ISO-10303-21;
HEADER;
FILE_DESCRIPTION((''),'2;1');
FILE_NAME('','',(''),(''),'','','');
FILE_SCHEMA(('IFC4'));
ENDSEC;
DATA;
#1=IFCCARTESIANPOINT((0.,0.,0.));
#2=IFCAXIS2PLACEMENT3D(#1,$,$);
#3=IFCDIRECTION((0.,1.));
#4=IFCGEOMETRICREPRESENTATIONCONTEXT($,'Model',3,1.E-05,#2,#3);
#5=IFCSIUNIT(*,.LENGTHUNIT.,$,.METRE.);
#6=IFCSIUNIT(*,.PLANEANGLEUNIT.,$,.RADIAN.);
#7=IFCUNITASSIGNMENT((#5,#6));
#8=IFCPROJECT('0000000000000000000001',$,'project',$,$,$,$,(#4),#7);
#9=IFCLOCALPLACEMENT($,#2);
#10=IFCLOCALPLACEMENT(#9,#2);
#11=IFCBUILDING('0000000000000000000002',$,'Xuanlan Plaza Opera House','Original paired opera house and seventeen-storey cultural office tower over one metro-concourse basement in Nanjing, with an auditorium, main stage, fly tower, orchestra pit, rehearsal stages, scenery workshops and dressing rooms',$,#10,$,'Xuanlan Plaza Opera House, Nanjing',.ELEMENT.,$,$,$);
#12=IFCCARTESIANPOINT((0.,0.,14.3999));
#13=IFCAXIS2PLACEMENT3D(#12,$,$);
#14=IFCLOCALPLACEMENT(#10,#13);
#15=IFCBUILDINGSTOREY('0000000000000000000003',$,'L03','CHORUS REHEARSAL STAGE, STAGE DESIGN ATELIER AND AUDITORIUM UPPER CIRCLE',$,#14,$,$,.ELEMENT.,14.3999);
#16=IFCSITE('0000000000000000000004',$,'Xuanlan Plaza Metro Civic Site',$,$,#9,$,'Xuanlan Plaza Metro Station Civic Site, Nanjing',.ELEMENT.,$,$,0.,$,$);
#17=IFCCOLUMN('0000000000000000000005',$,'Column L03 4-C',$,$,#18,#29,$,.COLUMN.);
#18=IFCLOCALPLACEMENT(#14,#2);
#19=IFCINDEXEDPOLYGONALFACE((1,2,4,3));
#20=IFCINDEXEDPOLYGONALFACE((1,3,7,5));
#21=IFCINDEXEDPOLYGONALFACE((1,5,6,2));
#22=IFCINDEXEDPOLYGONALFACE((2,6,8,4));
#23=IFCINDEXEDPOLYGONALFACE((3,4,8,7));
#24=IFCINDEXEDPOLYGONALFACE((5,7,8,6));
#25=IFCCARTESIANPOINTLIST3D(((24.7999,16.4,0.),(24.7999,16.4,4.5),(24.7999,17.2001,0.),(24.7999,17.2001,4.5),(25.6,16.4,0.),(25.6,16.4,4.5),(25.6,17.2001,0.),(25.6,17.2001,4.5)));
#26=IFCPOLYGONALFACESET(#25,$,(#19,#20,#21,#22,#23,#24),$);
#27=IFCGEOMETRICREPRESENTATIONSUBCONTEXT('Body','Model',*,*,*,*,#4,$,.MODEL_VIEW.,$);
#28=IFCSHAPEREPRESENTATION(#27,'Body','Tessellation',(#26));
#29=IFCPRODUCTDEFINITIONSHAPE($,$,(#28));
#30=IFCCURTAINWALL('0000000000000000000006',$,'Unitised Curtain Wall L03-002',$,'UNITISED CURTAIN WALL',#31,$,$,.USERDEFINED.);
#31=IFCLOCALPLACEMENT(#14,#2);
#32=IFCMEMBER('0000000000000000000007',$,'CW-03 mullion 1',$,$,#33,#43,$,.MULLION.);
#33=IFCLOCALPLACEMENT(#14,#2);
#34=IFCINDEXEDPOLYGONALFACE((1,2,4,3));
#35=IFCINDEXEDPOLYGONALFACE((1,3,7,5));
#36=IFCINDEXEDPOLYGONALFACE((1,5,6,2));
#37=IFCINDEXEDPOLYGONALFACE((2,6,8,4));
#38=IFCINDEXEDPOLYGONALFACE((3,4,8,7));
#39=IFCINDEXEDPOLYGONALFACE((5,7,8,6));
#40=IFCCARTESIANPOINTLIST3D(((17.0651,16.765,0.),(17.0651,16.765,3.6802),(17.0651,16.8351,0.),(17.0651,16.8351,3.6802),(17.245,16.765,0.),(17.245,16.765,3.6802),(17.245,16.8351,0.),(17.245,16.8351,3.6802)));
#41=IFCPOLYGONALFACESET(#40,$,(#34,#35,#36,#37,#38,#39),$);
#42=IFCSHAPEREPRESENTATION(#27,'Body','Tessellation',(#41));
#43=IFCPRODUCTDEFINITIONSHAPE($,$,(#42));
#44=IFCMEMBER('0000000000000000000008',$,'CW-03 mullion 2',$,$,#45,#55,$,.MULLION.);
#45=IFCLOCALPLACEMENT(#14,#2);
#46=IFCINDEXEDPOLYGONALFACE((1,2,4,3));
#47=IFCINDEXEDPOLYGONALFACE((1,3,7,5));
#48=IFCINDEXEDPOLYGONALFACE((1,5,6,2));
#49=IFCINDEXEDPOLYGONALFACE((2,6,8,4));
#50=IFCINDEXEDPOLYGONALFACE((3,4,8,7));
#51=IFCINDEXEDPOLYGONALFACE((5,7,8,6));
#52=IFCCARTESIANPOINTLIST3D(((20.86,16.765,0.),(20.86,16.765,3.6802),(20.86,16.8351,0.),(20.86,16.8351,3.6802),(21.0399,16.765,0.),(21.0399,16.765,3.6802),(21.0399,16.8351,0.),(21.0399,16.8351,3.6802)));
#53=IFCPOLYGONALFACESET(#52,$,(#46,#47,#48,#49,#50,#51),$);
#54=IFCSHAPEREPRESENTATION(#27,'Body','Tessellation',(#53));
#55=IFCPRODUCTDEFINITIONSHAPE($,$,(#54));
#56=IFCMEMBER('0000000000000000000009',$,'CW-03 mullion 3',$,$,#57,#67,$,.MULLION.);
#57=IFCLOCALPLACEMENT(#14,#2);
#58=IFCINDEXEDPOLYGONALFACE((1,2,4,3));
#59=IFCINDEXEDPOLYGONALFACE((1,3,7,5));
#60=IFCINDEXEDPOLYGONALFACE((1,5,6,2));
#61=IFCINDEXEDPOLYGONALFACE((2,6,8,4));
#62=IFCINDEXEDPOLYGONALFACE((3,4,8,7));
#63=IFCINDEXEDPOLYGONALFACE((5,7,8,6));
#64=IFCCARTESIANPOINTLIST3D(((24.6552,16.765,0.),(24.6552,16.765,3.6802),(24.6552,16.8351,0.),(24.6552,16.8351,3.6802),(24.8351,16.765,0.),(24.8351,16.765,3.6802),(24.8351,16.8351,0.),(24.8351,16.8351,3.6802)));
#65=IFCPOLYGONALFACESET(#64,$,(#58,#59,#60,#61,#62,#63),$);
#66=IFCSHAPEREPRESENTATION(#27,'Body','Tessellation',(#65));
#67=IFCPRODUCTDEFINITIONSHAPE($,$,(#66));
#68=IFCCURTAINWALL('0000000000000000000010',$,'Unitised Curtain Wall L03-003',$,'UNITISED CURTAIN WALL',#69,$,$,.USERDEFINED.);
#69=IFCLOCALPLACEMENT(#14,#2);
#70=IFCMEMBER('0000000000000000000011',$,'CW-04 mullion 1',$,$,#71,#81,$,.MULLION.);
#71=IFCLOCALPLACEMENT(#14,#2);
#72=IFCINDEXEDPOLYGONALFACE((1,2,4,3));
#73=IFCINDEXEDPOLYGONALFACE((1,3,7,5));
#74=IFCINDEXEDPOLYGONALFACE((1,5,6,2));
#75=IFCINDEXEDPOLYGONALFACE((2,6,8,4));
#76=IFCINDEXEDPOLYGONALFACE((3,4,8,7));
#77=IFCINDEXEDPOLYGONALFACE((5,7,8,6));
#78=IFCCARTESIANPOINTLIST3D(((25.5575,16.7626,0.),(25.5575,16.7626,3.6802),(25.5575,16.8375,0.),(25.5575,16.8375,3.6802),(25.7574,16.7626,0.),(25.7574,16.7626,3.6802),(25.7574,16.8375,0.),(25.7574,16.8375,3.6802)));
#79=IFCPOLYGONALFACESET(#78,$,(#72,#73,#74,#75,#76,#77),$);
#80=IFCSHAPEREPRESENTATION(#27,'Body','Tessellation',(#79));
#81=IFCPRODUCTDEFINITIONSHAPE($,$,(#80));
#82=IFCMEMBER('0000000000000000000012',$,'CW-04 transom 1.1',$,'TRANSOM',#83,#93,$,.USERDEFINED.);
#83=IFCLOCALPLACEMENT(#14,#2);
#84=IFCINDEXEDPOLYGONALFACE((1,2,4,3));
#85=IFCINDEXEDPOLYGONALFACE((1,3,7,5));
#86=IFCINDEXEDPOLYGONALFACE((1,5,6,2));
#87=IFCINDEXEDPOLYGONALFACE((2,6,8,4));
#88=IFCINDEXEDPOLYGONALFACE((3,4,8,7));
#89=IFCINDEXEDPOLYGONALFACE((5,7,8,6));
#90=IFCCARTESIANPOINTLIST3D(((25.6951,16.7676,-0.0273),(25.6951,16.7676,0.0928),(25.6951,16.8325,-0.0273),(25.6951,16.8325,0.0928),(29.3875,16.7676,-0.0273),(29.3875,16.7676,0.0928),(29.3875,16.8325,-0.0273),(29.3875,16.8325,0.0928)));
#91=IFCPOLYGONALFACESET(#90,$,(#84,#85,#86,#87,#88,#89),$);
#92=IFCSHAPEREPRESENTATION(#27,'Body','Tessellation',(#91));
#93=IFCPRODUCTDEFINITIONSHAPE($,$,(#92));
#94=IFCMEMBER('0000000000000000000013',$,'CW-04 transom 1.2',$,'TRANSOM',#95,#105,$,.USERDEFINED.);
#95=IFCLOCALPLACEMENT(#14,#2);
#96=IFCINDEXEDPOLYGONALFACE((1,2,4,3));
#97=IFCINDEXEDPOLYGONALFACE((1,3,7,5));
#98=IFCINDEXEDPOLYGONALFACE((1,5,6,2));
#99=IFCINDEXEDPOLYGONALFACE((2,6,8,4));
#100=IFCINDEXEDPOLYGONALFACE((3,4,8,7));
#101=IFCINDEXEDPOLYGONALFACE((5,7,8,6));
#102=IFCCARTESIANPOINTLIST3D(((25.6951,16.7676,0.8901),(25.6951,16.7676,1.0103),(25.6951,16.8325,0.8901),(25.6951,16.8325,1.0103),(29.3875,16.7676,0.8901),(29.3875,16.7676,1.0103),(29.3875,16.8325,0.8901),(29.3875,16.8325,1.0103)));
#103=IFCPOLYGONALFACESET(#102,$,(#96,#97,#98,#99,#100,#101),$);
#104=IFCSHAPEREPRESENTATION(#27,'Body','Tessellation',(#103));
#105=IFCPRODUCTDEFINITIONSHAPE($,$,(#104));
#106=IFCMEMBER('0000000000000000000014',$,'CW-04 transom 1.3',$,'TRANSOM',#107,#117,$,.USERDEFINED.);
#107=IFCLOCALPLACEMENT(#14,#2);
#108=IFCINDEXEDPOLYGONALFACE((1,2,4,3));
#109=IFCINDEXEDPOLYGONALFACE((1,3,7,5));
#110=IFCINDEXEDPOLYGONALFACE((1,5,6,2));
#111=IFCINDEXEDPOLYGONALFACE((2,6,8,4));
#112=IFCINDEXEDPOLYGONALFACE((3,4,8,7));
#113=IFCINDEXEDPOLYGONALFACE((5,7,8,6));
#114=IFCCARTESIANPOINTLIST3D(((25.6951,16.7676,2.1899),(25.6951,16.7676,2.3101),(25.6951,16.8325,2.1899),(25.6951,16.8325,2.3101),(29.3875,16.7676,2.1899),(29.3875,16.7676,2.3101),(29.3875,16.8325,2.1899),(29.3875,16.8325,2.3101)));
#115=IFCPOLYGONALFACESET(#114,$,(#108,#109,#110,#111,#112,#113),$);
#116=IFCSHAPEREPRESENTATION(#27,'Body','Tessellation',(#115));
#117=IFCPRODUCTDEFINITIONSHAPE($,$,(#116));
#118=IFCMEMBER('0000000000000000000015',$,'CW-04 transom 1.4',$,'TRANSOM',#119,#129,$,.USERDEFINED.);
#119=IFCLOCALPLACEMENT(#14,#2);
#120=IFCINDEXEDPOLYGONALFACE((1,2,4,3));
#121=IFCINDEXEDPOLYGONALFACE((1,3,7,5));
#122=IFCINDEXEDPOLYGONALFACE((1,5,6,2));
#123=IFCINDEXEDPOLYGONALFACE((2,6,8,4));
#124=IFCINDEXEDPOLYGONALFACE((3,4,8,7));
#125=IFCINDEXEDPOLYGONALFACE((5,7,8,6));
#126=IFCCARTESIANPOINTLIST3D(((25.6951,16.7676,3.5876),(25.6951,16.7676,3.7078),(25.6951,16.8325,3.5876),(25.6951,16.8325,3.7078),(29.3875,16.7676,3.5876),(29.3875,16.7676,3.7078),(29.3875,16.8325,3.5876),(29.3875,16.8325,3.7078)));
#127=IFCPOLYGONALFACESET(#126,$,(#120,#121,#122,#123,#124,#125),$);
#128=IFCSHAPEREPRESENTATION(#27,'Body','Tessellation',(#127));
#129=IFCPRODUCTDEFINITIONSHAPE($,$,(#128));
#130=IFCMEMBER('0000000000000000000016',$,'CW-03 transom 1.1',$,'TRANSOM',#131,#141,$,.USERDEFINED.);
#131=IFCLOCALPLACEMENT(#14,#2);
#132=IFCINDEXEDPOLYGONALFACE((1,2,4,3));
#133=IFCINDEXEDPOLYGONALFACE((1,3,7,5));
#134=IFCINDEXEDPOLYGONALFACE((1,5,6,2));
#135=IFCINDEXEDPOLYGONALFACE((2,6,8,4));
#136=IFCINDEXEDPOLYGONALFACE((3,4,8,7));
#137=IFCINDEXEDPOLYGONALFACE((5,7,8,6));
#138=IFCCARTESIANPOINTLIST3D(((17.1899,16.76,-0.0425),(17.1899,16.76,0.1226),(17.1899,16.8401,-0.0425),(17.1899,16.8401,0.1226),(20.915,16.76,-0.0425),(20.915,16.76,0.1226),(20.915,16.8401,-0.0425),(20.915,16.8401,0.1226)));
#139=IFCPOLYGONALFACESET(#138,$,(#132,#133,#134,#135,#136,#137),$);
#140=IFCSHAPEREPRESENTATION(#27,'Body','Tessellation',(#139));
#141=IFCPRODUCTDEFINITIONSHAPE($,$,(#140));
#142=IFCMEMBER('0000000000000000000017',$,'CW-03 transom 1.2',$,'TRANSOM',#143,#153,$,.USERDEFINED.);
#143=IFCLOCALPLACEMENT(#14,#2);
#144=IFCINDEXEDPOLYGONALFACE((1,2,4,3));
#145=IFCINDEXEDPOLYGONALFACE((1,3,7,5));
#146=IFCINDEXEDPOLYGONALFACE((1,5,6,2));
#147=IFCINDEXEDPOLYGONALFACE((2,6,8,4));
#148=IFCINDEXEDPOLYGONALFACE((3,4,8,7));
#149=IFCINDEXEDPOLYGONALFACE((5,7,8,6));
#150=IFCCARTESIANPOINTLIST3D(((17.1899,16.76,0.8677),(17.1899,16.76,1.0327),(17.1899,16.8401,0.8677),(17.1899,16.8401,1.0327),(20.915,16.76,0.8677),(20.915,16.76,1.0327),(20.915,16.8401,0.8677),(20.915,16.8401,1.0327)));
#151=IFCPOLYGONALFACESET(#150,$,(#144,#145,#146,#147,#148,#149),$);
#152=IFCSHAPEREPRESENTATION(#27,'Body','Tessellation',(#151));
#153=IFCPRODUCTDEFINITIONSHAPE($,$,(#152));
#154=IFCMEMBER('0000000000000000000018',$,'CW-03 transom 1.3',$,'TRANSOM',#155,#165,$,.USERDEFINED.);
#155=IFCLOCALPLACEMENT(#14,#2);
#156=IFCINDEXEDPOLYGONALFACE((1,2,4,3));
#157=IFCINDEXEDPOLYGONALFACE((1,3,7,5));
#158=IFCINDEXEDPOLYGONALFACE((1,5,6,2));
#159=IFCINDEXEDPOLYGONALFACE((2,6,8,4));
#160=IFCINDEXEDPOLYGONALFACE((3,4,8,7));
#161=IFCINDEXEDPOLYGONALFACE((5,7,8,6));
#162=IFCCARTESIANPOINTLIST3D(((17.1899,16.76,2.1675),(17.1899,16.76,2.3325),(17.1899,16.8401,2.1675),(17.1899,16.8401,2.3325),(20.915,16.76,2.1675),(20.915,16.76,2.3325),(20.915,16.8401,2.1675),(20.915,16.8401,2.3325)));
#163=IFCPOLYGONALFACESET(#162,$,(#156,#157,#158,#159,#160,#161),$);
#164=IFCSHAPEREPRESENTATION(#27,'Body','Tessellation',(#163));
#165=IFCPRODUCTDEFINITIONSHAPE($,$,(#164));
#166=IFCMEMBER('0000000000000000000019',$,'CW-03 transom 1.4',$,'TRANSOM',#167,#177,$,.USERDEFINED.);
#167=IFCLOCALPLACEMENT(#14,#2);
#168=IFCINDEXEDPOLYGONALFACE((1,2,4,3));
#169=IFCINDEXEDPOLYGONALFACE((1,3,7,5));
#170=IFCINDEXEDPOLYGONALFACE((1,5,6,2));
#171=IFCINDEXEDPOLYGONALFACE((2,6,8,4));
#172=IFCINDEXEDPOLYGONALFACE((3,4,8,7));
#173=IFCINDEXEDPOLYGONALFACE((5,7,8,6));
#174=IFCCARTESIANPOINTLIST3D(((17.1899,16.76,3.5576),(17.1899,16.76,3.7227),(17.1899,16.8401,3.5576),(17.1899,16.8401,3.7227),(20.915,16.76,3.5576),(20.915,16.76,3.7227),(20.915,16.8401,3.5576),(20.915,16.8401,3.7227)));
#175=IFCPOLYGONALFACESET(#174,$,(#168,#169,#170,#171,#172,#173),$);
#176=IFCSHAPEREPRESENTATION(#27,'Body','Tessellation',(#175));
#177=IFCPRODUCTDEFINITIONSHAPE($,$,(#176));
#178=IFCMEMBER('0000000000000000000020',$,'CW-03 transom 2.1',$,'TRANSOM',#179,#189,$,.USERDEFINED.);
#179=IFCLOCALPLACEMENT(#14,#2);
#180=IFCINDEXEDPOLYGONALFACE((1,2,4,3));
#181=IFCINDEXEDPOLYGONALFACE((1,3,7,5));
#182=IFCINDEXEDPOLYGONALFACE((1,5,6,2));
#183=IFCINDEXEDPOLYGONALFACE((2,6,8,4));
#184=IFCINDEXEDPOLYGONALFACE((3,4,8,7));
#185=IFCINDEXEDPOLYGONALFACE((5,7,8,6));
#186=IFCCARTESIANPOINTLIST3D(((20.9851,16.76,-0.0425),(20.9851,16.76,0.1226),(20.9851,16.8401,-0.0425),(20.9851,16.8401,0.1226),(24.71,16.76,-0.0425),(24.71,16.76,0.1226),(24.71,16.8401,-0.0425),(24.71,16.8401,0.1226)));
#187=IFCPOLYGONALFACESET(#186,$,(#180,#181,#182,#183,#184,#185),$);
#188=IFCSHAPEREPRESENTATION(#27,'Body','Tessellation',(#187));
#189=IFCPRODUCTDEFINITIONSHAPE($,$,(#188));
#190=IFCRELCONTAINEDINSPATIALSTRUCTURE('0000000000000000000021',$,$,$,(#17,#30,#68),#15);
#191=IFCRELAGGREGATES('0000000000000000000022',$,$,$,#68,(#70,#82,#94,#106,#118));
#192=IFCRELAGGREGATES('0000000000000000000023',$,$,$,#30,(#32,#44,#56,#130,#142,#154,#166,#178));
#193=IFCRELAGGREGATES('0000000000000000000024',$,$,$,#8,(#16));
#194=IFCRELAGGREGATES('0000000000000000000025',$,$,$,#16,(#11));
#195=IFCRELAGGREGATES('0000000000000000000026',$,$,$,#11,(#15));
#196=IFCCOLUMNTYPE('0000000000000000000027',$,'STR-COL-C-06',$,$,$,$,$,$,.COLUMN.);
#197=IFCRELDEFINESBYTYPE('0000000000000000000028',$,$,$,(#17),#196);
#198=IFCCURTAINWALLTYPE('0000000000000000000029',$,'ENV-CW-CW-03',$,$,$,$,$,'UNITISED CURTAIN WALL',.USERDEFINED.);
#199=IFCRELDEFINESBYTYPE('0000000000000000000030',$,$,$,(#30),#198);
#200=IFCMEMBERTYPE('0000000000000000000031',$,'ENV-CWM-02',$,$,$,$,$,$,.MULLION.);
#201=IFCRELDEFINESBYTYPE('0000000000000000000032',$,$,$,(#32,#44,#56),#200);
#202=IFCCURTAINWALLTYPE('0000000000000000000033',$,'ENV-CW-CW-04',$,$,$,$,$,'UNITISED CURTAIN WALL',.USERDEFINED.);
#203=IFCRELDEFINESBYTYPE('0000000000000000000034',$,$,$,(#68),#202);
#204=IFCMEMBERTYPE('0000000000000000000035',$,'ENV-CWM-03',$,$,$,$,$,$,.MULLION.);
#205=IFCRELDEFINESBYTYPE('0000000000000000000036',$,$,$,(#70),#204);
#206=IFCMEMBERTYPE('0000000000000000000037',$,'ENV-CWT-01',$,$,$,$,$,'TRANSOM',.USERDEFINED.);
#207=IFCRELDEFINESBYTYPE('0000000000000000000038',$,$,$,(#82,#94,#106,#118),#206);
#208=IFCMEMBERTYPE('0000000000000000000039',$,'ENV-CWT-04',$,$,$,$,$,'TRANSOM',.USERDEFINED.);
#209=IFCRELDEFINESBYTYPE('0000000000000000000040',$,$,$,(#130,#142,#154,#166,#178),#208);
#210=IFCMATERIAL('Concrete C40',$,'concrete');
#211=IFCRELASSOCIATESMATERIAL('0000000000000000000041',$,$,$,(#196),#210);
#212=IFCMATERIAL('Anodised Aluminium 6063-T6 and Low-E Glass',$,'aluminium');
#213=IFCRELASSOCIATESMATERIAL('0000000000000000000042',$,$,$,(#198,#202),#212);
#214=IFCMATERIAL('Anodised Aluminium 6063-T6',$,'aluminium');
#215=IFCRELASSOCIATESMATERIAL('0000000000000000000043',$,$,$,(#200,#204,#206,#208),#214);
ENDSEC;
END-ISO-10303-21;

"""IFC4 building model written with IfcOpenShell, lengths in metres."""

from ifc_helpers import new_model, si_unit, direction, frame, origin, origin_2d, place, context, subcontext, project, spatial, rectangle, extrude, material, material_profile, profile_set, type_object, element, aggregate, save


model = new_model("IFC4")

# Units and contexts
model_context = context("Model", 3, precision=1e-05, world=origin(), true_north=direction((0.0, 1.0)))
body_context = subcontext(model_context, "Body", "Model", "MODEL_VIEW")
ifc_project = project(units=[si_unit("LENGTHUNIT", "METRE"), si_unit("PLANEANGLEUNIT", "RADIAN")], contexts=[model_context])

# Site, building, storey
site_placement = place(None, origin())
site = spatial("IfcSite", under=ifc_project, at=site_placement, Name="Xuanlan Plaza Metro Civic Site", LongName="Xuanlan Plaza Metro Station Civic Site, Nanjing", CompositionType="ELEMENT", RefElevation=0.0)
building_placement = place(site_placement, origin())
building = spatial("IfcBuilding", under=site, at=building_placement, Name="Xuanlan Plaza Opera House", Description="Original paired opera house and seventeen-storey cultural office tower over one metro-concourse basement in Nanjing, with an auditorium, main stage, fly tower, orchestra pit, rehearsal stages, scenery workshops and dressing rooms", LongName="Xuanlan Plaza Opera House, Nanjing", CompositionType="ELEMENT")
storey_placement = place(building_placement, frame((0.0, 0.0, 14.3999)))
storey = spatial("IfcBuildingStorey", under=building, at=storey_placement, Name="L03", Description="CHORUS REHEARSAL STAGE, STAGE DESIGN ATELIER AND AUDITORIUM UPPER CIRCLE", CompositionType="ELEMENT", Elevation=14.3999)

# Column
ifc_material_1 = material(Name="Concrete C40", Category="concrete")
ifc_material_profile_1 = material_profile(ifc_material_1, rectangle(XDim=0.8, YDim=0.8, at=origin_2d()), Name="RC-COL 800x800")
ifc_profile_set_1 = profile_set([ifc_material_profile_1], Name="Concrete C40")
column_type = type_object("IfcColumnType", Name="STR-COL-C-06", PredefinedType="COLUMN", material=ifc_profile_set_1)
column_placement = place(storey_placement, frame((25.2, 16.8, 0.0), z_axis=(0.0, 0.0, 1.0), x_axis=(1.0, 0.0, 0.0)))
element("IfcColumn", 1, at=column_placement, inside=storey, type_object=column_type, Name="Column L03 4-C", PredefinedType="COLUMN", context=body_context, shape_type="SweptSolid", body=[
    extrude(rectangle(XDim=0.8, YDim=0.8, at=origin_2d()), origin(), (0.0, 0.0, 1.0), 4.5),
])

# Curtain walls, members
ifc_material_2 = material(Name="Anodised Aluminium 6063-T6 and Low-E Glass", Category="aluminium")
curtain_wall_type_1 = type_object("IfcCurtainWallType", Name="ENV-CW-CW-03", ElementType="UNITISED CURTAIN WALL", PredefinedType="USERDEFINED", material=ifc_material_2)
curtain_wall_1_placement = place(storey_placement, origin())
curtain_wall_1 = element("IfcCurtainWall", 2, at=curtain_wall_1_placement, inside=storey, type_object=curtain_wall_type_1, Name="Unitised Curtain Wall L03-002", ObjectType="UNITISED CURTAIN WALL", PredefinedType="USERDEFINED")
ifc_material_3 = material(Name="Anodised Aluminium 6063-T6", Category="aluminium")
ifc_material_profile_2 = material_profile(ifc_material_3, rectangle(XDim=0.0701, YDim=0.1799, at=origin_2d()), Name="ALU-M 70x180")
ifc_profile_set_2 = profile_set([ifc_material_profile_2], Name="Anodised Aluminium 6063-T6")
member_type_1 = type_object("IfcMemberType", Name="ENV-CWM-02", PredefinedType="MULLION", material=ifc_profile_set_2)
member_1_placement = place(storey_placement, frame((17.155, 16.8, 0.0), z_axis=(0.0, 0.0, 1.0), x_axis=(0.0, 1.0, 0.0)))
member_1 = element("IfcMember", 3, at=member_1_placement, type_object=member_type_1, Name="CW-03 mullion 1", PredefinedType="MULLION", context=body_context, shape_type="SweptSolid", body=[
    extrude(rectangle(XDim=0.0701, YDim=0.1799, at=origin_2d()), origin(), (0.0, 0.0, 1.0), 3.6802),
])
member_2_placement = place(storey_placement, frame((20.95, 16.8, 0.0), z_axis=(0.0, 0.0, 1.0), x_axis=(0.0, 1.0, 0.0)))
member_2 = element("IfcMember", 4, at=member_2_placement, type_object=member_type_1, Name="CW-03 mullion 2", PredefinedType="MULLION", context=body_context, shape_type="SweptSolid", body=[
    extrude(rectangle(XDim=0.0701, YDim=0.1799, at=origin_2d()), origin(), (0.0, 0.0, 1.0), 3.6802),
])
member_3_placement = place(storey_placement, frame((24.7451, 16.8, 0.0), z_axis=(0.0, 0.0, 1.0), x_axis=(0.0, 1.0, 0.0)))
member_3 = element("IfcMember", 5, at=member_3_placement, type_object=member_type_1, Name="CW-03 mullion 3", PredefinedType="MULLION", context=body_context, shape_type="SweptSolid", body=[
    extrude(rectangle(XDim=0.0701, YDim=0.1799, at=origin_2d()), origin(), (0.0, 0.0, 1.0), 3.6802),
])
curtain_wall_type_2 = type_object("IfcCurtainWallType", Name="ENV-CW-CW-04", ElementType="UNITISED CURTAIN WALL", PredefinedType="USERDEFINED", material=ifc_material_2)
curtain_wall_2_placement = place(storey_placement, origin())
curtain_wall_2 = element("IfcCurtainWall", 6, at=curtain_wall_2_placement, inside=storey, type_object=curtain_wall_type_2, Name="Unitised Curtain Wall L03-003", ObjectType="UNITISED CURTAIN WALL", PredefinedType="USERDEFINED")
ifc_material_profile_3 = material_profile(ifc_material_3, rectangle(XDim=0.075, YDim=0.2, at=origin_2d()), Name="ALU-M 75x200")
ifc_profile_set_3 = profile_set([ifc_material_profile_3], Name="Anodised Aluminium 6063-T6")
member_type_2 = type_object("IfcMemberType", Name="ENV-CWM-03", PredefinedType="MULLION", material=ifc_profile_set_3)
member_4_placement = place(storey_placement, frame((25.6575, 16.8, 0.0), z_axis=(0.0, 0.0, 1.0), x_axis=(0.0, 1.0, 0.0)))
member_4 = element("IfcMember", 7, at=member_4_placement, type_object=member_type_2, Name="CW-04 mullion 1", PredefinedType="MULLION", context=body_context, shape_type="SweptSolid", body=[
    extrude(rectangle(XDim=0.075, YDim=0.2, at=origin_2d()), origin(), (0.0, 0.0, 1.0), 3.6802),
])
ifc_material_profile_4 = material_profile(ifc_material_3, rectangle(XDim=0.0649, YDim=0.1201, at=origin_2d()), Name="ALU-T 65x120")
ifc_profile_set_4 = profile_set([ifc_material_profile_4], Name="Anodised Aluminium 6063-T6")
member_type_3 = type_object("IfcMemberType", Name="ENV-CWT-01", ElementType="TRANSOM", PredefinedType="USERDEFINED", material=ifc_profile_set_4)
member_5_placement = place(storey_placement, frame((25.6951, 16.8, 0.0327), z_axis=(1.0, 0.0, 0.0), x_axis=(0.0, 1.0, 0.0)))
member_5 = element("IfcMember", 8, at=member_5_placement, type_object=member_type_3, Name="CW-04 transom 1.1", ObjectType="TRANSOM", PredefinedType="USERDEFINED", context=body_context, shape_type="SweptSolid", body=[
    extrude(rectangle(XDim=0.0649, YDim=0.1201, at=origin_2d()), origin(), (0.0, 0.0, 1.0), 3.6924),
])
member_6_placement = place(storey_placement, frame((25.6951, 16.8, 0.9502), z_axis=(1.0, 0.0, 0.0), x_axis=(0.0, 1.0, 0.0)))
member_6 = element("IfcMember", 9, at=member_6_placement, type_object=member_type_3, Name="CW-04 transom 1.2", ObjectType="TRANSOM", PredefinedType="USERDEFINED", context=body_context, shape_type="SweptSolid", body=[
    extrude(rectangle(XDim=0.0649, YDim=0.1201, at=origin_2d()), origin(), (0.0, 0.0, 1.0), 3.6924),
])
member_7_placement = place(storey_placement, frame((25.6951, 16.8, 2.25), z_axis=(1.0, 0.0, 0.0), x_axis=(0.0, 1.0, 0.0)))
member_7 = element("IfcMember", 10, at=member_7_placement, type_object=member_type_3, Name="CW-04 transom 1.3", ObjectType="TRANSOM", PredefinedType="USERDEFINED", context=body_context, shape_type="SweptSolid", body=[
    extrude(rectangle(XDim=0.0649, YDim=0.1201, at=origin_2d()), origin(), (0.0, 0.0, 1.0), 3.6924),
])
member_8_placement = place(storey_placement, frame((25.6951, 16.8, 3.6477), z_axis=(1.0, 0.0, 0.0), x_axis=(0.0, 1.0, 0.0)))
member_8 = element("IfcMember", 11, at=member_8_placement, type_object=member_type_3, Name="CW-04 transom 1.4", ObjectType="TRANSOM", PredefinedType="USERDEFINED", context=body_context, shape_type="SweptSolid", body=[
    extrude(rectangle(XDim=0.0649, YDim=0.1201, at=origin_2d()), origin(), (0.0, 0.0, 1.0), 3.6924),
])
aggregate(curtain_wall_2, [member_4, member_5, member_6, member_7, member_8])

# Members
ifc_material_profile_5 = material_profile(ifc_material_3, rectangle(XDim=0.0801, YDim=0.165, at=origin_2d()), Name="ALU-T 80x165")
ifc_profile_set_5 = profile_set([ifc_material_profile_5], Name="Anodised Aluminium 6063-T6")
member_type_4 = type_object("IfcMemberType", Name="ENV-CWT-04", ElementType="TRANSOM", PredefinedType="USERDEFINED", material=ifc_profile_set_5)
member_9_placement = place(storey_placement, frame((17.1899, 16.8, 0.04), z_axis=(1.0, 0.0, 0.0), x_axis=(0.0, 1.0, 0.0)))
member_9 = element("IfcMember", 12, at=member_9_placement, type_object=member_type_4, Name="CW-03 transom 1.1", ObjectType="TRANSOM", PredefinedType="USERDEFINED", context=body_context, shape_type="SweptSolid", body=[
    extrude(rectangle(XDim=0.0801, YDim=0.165, at=origin_2d()), origin(), (0.0, 0.0, 1.0), 3.7251),
])
member_10_placement = place(storey_placement, frame((17.1899, 16.8, 0.9502), z_axis=(1.0, 0.0, 0.0), x_axis=(0.0, 1.0, 0.0)))
member_10 = element("IfcMember", 13, at=member_10_placement, type_object=member_type_4, Name="CW-03 transom 1.2", ObjectType="TRANSOM", PredefinedType="USERDEFINED", context=body_context, shape_type="SweptSolid", body=[
    extrude(rectangle(XDim=0.0801, YDim=0.165, at=origin_2d()), origin(), (0.0, 0.0, 1.0), 3.7251),
])
member_11_placement = place(storey_placement, frame((17.1899, 16.8, 2.25), z_axis=(1.0, 0.0, 0.0), x_axis=(0.0, 1.0, 0.0)))
member_11 = element("IfcMember", 14, at=member_11_placement, type_object=member_type_4, Name="CW-03 transom 1.3", ObjectType="TRANSOM", PredefinedType="USERDEFINED", context=body_context, shape_type="SweptSolid", body=[
    extrude(rectangle(XDim=0.0801, YDim=0.165, at=origin_2d()), origin(), (0.0, 0.0, 1.0), 3.7251),
])
member_12_placement = place(storey_placement, frame((17.1899, 16.8, 3.6401), z_axis=(1.0, 0.0, 0.0), x_axis=(0.0, 1.0, 0.0)))
member_12 = element("IfcMember", 15, at=member_12_placement, type_object=member_type_4, Name="CW-03 transom 1.4", ObjectType="TRANSOM", PredefinedType="USERDEFINED", context=body_context, shape_type="SweptSolid", body=[
    extrude(rectangle(XDim=0.0801, YDim=0.165, at=origin_2d()), origin(), (0.0, 0.0, 1.0), 3.7251),
])
member_13_placement = place(storey_placement, frame((20.9851, 16.8, 0.04), z_axis=(1.0, 0.0, 0.0), x_axis=(0.0, 1.0, 0.0)))
member_13 = element("IfcMember", 16, at=member_13_placement, type_object=member_type_4, Name="CW-03 transom 2.1", ObjectType="TRANSOM", PredefinedType="USERDEFINED", context=body_context, shape_type="SweptSolid", body=[
    extrude(rectangle(XDim=0.0801, YDim=0.165, at=origin_2d()), origin(), (0.0, 0.0, 1.0), 3.7249),
])

aggregate(curtain_wall_1, [member_1, member_2, member_3, member_9, member_10, member_11, member_12, member_13])

save(model, "model.ifc")
